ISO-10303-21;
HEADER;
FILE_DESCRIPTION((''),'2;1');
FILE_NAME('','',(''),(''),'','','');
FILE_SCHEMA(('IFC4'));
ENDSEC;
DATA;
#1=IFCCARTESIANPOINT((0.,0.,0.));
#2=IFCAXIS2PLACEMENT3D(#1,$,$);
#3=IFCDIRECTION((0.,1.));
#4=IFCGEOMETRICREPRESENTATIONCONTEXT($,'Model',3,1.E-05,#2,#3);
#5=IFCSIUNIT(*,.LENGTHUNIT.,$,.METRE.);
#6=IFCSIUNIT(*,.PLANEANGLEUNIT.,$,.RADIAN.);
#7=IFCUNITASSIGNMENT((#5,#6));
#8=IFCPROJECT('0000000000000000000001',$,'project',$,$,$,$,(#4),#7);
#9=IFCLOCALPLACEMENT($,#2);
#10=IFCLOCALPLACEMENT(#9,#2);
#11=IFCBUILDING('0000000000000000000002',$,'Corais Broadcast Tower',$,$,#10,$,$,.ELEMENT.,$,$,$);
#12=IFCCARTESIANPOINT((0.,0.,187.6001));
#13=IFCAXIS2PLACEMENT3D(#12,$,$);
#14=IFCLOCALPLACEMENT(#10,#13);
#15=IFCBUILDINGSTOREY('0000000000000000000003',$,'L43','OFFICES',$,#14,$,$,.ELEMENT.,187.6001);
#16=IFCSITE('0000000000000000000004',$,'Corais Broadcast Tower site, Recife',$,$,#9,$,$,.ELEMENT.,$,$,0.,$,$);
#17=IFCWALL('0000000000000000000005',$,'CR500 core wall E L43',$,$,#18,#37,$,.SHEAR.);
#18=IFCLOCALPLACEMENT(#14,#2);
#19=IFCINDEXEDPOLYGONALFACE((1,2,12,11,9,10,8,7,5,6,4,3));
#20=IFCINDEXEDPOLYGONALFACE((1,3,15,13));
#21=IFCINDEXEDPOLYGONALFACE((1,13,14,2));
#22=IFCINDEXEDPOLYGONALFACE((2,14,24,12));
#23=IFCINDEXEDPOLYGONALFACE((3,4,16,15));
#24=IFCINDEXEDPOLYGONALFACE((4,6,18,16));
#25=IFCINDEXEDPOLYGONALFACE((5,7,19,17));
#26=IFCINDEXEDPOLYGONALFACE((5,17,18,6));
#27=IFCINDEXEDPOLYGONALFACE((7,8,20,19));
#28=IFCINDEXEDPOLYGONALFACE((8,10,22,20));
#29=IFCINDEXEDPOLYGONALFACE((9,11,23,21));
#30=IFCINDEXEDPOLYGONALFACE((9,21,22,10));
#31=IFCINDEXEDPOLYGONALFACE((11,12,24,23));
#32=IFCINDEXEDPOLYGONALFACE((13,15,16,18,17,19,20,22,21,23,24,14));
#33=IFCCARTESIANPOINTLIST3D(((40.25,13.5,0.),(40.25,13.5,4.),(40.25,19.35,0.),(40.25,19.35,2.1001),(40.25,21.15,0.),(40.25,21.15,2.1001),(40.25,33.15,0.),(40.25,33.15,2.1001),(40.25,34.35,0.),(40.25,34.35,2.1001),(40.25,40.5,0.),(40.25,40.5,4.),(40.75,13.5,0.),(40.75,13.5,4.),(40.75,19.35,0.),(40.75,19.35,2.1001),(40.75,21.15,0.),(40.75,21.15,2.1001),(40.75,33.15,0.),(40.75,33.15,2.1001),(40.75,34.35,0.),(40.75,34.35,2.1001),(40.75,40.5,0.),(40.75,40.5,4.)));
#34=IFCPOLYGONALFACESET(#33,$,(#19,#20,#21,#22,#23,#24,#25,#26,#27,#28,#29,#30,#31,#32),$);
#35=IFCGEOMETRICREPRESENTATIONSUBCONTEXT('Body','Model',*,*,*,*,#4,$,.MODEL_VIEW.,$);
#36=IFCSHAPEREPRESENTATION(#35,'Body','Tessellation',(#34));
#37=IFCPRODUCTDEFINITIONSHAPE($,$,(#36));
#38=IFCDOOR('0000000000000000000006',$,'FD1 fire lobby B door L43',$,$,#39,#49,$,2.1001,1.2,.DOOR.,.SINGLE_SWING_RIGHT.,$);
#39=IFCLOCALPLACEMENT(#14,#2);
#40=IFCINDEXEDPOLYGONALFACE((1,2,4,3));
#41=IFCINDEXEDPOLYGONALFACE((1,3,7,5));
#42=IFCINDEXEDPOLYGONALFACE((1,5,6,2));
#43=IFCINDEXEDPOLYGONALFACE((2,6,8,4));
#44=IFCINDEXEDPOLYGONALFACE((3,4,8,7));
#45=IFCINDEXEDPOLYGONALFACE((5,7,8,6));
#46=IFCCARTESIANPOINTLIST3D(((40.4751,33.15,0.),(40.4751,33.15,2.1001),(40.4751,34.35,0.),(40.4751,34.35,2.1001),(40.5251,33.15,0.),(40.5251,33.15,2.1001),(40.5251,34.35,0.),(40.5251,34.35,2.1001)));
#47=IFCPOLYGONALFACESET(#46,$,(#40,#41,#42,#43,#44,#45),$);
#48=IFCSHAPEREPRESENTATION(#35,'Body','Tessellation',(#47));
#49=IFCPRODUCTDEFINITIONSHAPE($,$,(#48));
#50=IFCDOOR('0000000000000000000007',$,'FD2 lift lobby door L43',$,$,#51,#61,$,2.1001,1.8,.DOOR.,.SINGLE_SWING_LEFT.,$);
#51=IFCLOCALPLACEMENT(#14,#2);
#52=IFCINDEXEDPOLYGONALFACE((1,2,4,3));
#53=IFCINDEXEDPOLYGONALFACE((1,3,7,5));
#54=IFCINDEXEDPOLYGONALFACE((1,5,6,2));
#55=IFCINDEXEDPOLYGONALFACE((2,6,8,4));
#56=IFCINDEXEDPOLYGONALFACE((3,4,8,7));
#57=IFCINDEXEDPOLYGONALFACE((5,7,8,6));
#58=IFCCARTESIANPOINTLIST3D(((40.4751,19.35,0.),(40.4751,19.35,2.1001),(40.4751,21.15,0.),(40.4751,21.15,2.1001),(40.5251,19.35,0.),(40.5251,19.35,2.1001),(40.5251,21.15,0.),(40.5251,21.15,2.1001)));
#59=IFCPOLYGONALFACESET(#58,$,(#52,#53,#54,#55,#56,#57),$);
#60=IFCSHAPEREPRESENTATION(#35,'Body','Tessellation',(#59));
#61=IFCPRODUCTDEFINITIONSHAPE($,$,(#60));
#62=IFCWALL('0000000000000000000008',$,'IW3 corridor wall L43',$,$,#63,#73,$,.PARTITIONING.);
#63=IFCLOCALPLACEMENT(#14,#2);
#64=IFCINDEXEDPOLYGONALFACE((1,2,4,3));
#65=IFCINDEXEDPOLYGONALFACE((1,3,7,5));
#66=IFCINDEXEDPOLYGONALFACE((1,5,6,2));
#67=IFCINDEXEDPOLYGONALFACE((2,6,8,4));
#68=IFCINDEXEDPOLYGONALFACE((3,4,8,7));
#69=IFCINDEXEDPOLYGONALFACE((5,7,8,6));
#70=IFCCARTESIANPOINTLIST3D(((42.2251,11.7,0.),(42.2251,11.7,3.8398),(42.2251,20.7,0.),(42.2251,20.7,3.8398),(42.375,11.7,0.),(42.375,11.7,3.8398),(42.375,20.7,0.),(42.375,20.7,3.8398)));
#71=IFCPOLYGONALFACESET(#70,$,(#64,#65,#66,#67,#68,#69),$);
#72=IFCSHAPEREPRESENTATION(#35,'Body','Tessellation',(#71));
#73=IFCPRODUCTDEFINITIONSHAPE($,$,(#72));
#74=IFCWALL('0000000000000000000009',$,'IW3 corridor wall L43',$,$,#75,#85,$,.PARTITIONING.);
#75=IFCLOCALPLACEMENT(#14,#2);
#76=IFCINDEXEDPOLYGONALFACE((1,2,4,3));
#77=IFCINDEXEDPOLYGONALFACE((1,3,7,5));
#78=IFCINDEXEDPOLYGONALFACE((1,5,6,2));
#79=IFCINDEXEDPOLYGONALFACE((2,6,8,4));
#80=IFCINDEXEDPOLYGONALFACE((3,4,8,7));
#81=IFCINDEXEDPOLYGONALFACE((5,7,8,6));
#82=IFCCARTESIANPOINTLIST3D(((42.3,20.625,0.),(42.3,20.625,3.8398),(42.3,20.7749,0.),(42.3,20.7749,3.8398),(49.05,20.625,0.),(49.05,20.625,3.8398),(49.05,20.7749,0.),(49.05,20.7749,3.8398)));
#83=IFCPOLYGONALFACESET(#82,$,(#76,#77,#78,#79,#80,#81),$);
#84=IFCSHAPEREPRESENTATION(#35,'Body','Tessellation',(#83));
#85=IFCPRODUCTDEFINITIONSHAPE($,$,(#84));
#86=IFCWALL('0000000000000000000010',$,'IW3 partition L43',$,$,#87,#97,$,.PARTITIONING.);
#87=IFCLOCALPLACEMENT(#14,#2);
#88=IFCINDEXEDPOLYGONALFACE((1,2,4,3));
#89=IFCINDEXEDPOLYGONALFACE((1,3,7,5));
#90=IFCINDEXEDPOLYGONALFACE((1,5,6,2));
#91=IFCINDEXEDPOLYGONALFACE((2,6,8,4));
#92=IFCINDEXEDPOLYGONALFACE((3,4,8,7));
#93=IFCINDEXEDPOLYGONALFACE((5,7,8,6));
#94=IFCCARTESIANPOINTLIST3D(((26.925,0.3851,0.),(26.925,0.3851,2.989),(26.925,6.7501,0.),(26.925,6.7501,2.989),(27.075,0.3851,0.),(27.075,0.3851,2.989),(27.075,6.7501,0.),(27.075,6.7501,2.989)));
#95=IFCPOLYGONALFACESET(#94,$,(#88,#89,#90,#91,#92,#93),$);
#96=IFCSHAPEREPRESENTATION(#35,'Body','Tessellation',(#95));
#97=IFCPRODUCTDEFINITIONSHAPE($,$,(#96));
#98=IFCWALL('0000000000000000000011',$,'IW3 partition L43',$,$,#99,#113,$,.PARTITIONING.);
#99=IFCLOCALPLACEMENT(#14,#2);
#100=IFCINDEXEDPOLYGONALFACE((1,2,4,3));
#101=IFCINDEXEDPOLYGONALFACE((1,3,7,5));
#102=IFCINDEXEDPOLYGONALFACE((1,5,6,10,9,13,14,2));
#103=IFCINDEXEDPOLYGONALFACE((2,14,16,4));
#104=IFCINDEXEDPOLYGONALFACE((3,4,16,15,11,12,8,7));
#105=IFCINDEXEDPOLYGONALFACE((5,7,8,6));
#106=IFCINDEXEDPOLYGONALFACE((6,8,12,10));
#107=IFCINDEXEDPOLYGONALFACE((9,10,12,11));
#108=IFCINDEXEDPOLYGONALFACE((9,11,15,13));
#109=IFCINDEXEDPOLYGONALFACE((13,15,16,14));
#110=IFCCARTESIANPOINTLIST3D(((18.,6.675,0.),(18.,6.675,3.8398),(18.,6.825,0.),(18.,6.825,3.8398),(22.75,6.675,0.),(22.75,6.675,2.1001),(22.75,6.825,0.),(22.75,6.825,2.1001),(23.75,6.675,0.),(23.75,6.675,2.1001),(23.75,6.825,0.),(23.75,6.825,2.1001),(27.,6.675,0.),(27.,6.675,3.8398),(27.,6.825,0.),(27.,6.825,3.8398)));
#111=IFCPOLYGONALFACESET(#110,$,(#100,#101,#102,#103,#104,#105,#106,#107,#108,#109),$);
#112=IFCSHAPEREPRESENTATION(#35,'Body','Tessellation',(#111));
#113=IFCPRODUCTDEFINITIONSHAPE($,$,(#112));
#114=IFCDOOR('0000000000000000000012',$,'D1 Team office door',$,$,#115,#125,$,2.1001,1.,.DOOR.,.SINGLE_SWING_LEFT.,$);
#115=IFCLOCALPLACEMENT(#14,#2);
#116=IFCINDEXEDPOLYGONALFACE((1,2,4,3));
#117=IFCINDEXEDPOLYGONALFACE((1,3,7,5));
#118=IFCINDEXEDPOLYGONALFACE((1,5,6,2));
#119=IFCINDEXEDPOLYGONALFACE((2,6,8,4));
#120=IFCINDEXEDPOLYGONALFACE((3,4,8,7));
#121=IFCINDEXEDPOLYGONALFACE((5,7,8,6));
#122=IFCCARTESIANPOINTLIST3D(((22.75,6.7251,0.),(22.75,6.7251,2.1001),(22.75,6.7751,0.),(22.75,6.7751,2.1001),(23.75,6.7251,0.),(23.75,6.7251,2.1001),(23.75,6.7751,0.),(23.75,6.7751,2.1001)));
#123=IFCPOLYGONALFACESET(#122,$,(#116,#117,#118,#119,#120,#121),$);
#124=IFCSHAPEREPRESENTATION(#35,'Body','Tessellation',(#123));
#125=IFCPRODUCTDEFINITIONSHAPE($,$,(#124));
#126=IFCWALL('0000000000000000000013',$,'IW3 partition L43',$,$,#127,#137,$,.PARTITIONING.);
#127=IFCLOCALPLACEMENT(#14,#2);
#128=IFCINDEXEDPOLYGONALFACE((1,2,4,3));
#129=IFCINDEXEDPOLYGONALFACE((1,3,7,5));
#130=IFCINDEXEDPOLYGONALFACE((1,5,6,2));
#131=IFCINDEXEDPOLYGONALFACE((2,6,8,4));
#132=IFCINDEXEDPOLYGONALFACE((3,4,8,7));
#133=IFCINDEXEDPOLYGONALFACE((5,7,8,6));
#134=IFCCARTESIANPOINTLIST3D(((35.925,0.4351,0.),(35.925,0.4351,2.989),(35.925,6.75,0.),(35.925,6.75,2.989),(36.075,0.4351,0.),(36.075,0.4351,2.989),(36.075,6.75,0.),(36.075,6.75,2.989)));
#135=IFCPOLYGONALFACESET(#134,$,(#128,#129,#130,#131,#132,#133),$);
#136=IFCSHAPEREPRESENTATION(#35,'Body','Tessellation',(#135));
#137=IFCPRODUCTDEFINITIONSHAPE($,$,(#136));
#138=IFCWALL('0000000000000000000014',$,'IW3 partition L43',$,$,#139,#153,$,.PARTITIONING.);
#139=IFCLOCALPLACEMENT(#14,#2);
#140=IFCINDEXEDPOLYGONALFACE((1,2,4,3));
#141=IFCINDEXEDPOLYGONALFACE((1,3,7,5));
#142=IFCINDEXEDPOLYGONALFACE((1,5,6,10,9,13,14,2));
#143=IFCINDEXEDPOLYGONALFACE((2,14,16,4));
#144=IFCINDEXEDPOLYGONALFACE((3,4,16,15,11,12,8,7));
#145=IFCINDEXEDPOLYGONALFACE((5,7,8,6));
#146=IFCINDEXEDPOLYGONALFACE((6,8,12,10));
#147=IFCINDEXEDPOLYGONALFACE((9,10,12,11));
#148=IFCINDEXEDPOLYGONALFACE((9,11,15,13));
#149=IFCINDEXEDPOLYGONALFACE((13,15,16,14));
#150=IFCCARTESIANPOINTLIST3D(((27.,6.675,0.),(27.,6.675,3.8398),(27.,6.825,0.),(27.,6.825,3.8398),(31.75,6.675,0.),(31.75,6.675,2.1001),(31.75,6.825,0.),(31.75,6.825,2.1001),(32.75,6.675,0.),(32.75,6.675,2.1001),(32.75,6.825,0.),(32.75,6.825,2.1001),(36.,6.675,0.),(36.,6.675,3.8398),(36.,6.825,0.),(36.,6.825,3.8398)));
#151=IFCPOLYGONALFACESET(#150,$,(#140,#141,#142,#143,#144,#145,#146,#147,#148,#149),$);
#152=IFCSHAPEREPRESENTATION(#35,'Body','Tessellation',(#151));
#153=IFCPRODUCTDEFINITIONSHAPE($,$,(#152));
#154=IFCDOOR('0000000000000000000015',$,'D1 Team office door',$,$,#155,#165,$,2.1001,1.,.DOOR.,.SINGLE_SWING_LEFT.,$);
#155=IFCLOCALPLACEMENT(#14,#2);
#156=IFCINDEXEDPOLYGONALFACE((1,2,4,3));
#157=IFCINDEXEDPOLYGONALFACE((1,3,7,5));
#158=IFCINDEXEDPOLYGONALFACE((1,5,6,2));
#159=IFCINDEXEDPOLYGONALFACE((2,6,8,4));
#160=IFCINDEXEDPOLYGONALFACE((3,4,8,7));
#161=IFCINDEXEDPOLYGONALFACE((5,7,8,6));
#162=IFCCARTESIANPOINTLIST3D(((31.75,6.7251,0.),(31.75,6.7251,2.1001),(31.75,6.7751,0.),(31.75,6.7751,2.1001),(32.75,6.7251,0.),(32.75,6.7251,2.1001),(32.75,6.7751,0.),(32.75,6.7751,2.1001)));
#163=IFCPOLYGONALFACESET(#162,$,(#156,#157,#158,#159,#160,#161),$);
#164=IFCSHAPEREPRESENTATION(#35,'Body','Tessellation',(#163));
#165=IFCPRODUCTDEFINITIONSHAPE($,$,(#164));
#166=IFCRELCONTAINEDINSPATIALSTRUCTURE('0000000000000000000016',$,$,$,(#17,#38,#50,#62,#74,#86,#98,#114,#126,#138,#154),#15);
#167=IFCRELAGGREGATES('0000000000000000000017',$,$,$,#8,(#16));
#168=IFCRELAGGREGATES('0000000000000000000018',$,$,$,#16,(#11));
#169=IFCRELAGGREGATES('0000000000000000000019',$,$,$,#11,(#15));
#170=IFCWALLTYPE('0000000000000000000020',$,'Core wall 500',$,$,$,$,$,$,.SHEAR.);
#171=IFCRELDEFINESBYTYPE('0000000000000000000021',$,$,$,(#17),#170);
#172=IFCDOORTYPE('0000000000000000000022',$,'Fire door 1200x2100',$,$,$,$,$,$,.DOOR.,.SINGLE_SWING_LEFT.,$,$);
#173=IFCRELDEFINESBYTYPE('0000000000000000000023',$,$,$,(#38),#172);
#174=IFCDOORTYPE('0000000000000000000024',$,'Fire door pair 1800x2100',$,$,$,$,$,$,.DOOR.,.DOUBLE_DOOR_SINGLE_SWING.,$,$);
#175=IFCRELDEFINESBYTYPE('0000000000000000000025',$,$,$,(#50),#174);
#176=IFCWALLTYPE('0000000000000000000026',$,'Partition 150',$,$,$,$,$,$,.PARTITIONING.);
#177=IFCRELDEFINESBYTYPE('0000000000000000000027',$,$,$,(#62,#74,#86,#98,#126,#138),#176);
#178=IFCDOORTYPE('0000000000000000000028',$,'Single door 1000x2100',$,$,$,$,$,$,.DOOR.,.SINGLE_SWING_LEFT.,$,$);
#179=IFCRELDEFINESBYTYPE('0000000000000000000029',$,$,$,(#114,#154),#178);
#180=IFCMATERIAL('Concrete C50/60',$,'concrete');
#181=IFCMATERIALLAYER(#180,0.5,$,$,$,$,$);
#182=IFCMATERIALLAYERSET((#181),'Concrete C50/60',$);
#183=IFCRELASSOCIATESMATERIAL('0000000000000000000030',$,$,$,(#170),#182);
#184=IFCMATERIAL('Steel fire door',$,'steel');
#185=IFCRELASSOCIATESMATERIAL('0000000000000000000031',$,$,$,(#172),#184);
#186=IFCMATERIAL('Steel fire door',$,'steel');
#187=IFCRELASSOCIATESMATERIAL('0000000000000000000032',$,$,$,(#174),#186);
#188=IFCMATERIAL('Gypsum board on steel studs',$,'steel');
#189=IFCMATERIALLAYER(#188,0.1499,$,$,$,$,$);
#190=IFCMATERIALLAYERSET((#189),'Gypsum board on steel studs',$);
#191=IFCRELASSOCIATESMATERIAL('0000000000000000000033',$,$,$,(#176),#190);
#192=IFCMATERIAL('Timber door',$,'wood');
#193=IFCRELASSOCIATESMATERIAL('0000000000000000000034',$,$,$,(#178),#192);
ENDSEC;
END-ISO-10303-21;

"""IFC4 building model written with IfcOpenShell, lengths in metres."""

from ifc_helpers import new_model, si_unit, direction, frame, frame_2d, origin, place, context, subcontext, project, spatial, rectangle, extrude, material, layer, layer_set, type_object, element, fill, save


model = new_model("IFC4")

# Units and contexts
model_context = context("Model", 3, precision=1e-05, world=origin(), true_north=direction((0.0, 1.0)))
body_context = subcontext(model_context, "Body", "Model", "MODEL_VIEW")
ifc_project = project(units=[si_unit("LENGTHUNIT", "METRE"), si_unit("PLANEANGLEUNIT", "RADIAN")], contexts=[model_context])

# Site, building, storey
site_placement = place(None, origin())
site = spatial("IfcSite", under=ifc_project, at=site_placement, Name="Corais Broadcast Tower site, Recife", CompositionType="ELEMENT", RefElevation=0.0)
building_placement = place(site_placement, origin())
building = spatial("IfcBuilding", under=site, at=building_placement, Name="Corais Broadcast Tower", CompositionType="ELEMENT")
storey_placement = place(building_placement, frame((0.0, 0.0, 187.6001)))
storey = spatial("IfcBuildingStorey", under=building, at=storey_placement, Name="L43", Description="OFFICES", CompositionType="ELEMENT", Elevation=187.6001)

# Wall, openings, doors
ifc_material_1 = material(Name="Concrete C50/60", Category="concrete")
ifc_layer_1 = layer(ifc_material_1, 0.5)
ifc_layer_set_1 = layer_set([ifc_layer_1], Name="Concrete C50/60")
wall_type_1 = type_object("IfcWallType", Name="Core wall 500", PredefinedType="SHEAR", material=ifc_layer_set_1)
wall_1_placement = place(storey_placement, frame((40.5, 13.5, 0.0), z_axis=(0.0, 0.0, 1.0), x_axis=(0.0, 1.0, 0.0)))
wall_1 = element("IfcWall", 1, at=wall_1_placement, inside=storey, type_object=wall_type_1, Name="CR500 core wall E L43", PredefinedType="SHEAR", context=body_context, shape_type="SweptSolid", body=[
    extrude(rectangle(XDim=27.0, YDim=0.5, at=frame_2d((13.5, 0.0))), origin(), (0.0, 0.0, 1.0), 4.0),
])
opening_1_placement = place(wall_1_placement, frame((5.8501, 0.0, 0.0)))
opening_1 = element("IfcOpeningElement", 2, at=opening_1_placement, cuts=wall_1, PredefinedType="OPENING", context=body_context, shape_type="SweptSolid", body=[
    extrude(rectangle(XDim=1.8, YDim=2.1001, at=frame_2d((0.8999, 1.05))), frame((0.0, 0.26, 0.0), z_axis=(0.0, -1.0, 0.0), x_axis=(1.0, 0.0, 0.0)), (0.0, 0.0, 1.0), 0.52),
])
opening_2_placement = place(wall_1_placement, frame((19.6499, 0.0, 0.0)))
opening_2 = element("IfcOpeningElement", 3, at=opening_2_placement, cuts=wall_1, PredefinedType="OPENING", context=body_context, shape_type="SweptSolid", body=[
    extrude(rectangle(XDim=1.2, YDim=2.1001, at=frame_2d((0.6001, 1.05))), frame((0.0, 0.26, 0.0), z_axis=(0.0, -1.0, 0.0), x_axis=(1.0, 0.0, 0.0)), (0.0, 0.0, 1.0), 0.52),
])
ifc_material_2 = material(Name="Steel fire door", Category="steel")
door_type_1 = type_object("IfcDoorType", Name="Fire door 1200x2100", OperationType="SINGLE_SWING_LEFT", PredefinedType="DOOR", material=ifc_material_2)
door_1_placement = place(opening_2_placement, origin())
door_1 = element("IfcDoor", 4, at=door_1_placement, inside=storey, type_object=door_type_1, Name="FD1 fire lobby B door L43", OperationType="SINGLE_SWING_RIGHT", OverallHeight=2.1001, OverallWidth=1.2, PredefinedType="DOOR", context=body_context, shape_type="SweptSolid", body=[
    extrude(rectangle(XDim=1.2, YDim=2.1001, at=frame_2d((0.6001, 1.05))), frame((0.0, 0.0249, 0.0), z_axis=(0.0, -1.0, 0.0), x_axis=(1.0, 0.0, 0.0)), (0.0, 0.0, 1.0), 0.05),
])
fill(opening_2, door_1)
ifc_material_3 = material(Name="Steel fire door", Category="steel")
door_type_2 = type_object("IfcDoorType", Name="Fire door pair 1800x2100", OperationType="DOUBLE_DOOR_SINGLE_SWING", PredefinedType="DOOR", material=ifc_material_3)
door_2_placement = place(opening_1_placement, origin())
door_2 = element("IfcDoor", 5, at=door_2_placement, inside=storey, type_object=door_type_2, Name="FD2 lift lobby door L43", OperationType="SINGLE_SWING_LEFT", OverallHeight=2.1001, OverallWidth=1.8, PredefinedType="DOOR", context=body_context, shape_type="SweptSolid", body=[
    extrude(rectangle(XDim=1.8, YDim=2.1001, at=frame_2d((0.8999, 1.05))), frame((0.0, 0.0249, 0.0), z_axis=(0.0, -1.0, 0.0), x_axis=(1.0, 0.0, 0.0)), (0.0, 0.0, 1.0), 0.05),
])
fill(opening_1, door_2)

# Walls
ifc_material_4 = material(Name="Gypsum board on steel studs", Category="steel")
ifc_layer_2 = layer(ifc_material_4, 0.1499)
ifc_layer_set_2 = layer_set([ifc_layer_2], Name="Gypsum board on steel studs")
wall_type_2 = type_object("IfcWallType", Name="Partition 150", PredefinedType="PARTITIONING", material=ifc_layer_set_2)
wall_2_placement = place(storey_placement, frame((42.3, 11.7, 0.0), z_axis=(0.0, 0.0, 1.0), x_axis=(0.0, 1.0, 0.0)))
element("IfcWall", 6, at=wall_2_placement, inside=storey, type_object=wall_type_2, Name="IW3 corridor wall L43", PredefinedType="PARTITIONING", context=body_context, shape_type="SweptSolid", body=[
    extrude(rectangle(XDim=9.0, YDim=0.1499, at=frame_2d((4.5, 0.0))), origin(), (0.0, 0.0, 1.0), 3.8398),
])
wall_3_placement = place(storey_placement, frame((42.3, 20.7, 0.0), z_axis=(0.0, 0.0, 1.0), x_axis=(1.0, 0.0, 0.0)))
element("IfcWall", 7, at=wall_3_placement, inside=storey, type_object=wall_type_2, Name="IW3 corridor wall L43", PredefinedType="PARTITIONING", context=body_context, shape_type="SweptSolid", body=[
    extrude(rectangle(XDim=6.75, YDim=0.1499, at=frame_2d((3.375, 0.0))), origin(), (0.0, 0.0, 1.0), 3.8398),
])
wall_4_placement = place(storey_placement, frame((27.0, 0.385, 0.0), z_axis=(0.0, 0.0, 1.0), x_axis=(0.0, 1.0, 0.0)))
element("IfcWall", 8, at=wall_4_placement, inside=storey, type_object=wall_type_2, Name="IW3 partition L43", PredefinedType="PARTITIONING", context=body_context, shape_type="SweptSolid", body=[
    extrude(rectangle(XDim=6.365, YDim=0.1499, at=frame_2d((3.1826, 0.0))), origin(), (0.0, 0.0, 1.0), 2.989),
])

# Wall, opening, door
wall_5_placement = place(storey_placement, frame((27.0, 6.75, 0.0), z_axis=(0.0, 0.0, 1.0), x_axis=(-1.0, 0.0, 0.0)))
wall_5 = element("IfcWall", 9, at=wall_5_placement, inside=storey, type_object=wall_type_2, Name="IW3 partition L43", PredefinedType="PARTITIONING", context=body_context, shape_type="SweptSolid", body=[
    extrude(rectangle(XDim=9.0, YDim=0.1499, at=frame_2d((4.5, 0.0))), origin(), (0.0, 0.0, 1.0), 3.8398),
])
opening_3_placement = place(wall_5_placement, frame((3.25, 0.0, 0.0)))
opening_3 = element("IfcOpeningElement", 10, at=opening_3_placement, cuts=wall_5, PredefinedType="OPENING", context=body_context, shape_type="SweptSolid", body=[
    extrude(rectangle(XDim=1.0, YDim=2.1001, at=frame_2d((0.5, 1.05))), frame((0.0, 0.085, 0.0), z_axis=(0.0, -1.0, 0.0), x_axis=(1.0, 0.0, 0.0)), (0.0, 0.0, 1.0), 0.1699),
])
ifc_material_5 = material(Name="Timber door", Category="wood")
door_type_3 = type_object("IfcDoorType", Name="Single door 1000x2100", OperationType="SINGLE_SWING_LEFT", PredefinedType="DOOR", material=ifc_material_5)
door_3_placement = place(opening_3_placement, origin())
door_3 = element("IfcDoor", 11, at=door_3_placement, inside=storey, type_object=door_type_3, Name="D1 Team office door", OperationType="SINGLE_SWING_LEFT", OverallHeight=2.1001, OverallWidth=1.0, PredefinedType="DOOR", context=body_context, shape_type="SweptSolid", body=[
    extrude(rectangle(XDim=1.0, YDim=2.1001, at=frame_2d((0.5, 1.05))), frame((0.0, 0.0249, 0.0), z_axis=(0.0, -1.0, 0.0), x_axis=(1.0, 0.0, 0.0)), (0.0, 0.0, 1.0), 0.05),
])
fill(opening_3, door_3)

# Wall
wall_6_placement = place(storey_placement, frame((36.0, 0.4351, 0.0), z_axis=(0.0, 0.0, 1.0), x_axis=(0.0, 1.0, 0.0)))
element("IfcWall", 12, at=wall_6_placement, inside=storey, type_object=wall_type_2, Name="IW3 partition L43", PredefinedType="PARTITIONING", context=body_context, shape_type="SweptSolid", body=[
    extrude(rectangle(XDim=6.3149, YDim=0.1499, at=frame_2d((3.1575, 0.0))), origin(), (0.0, 0.0, 1.0), 2.989),
])

# Wall, opening, door
wall_7_placement = place(storey_placement, frame((36.0, 6.75, 0.0), z_axis=(0.0, 0.0, 1.0), x_axis=(-1.0, 0.0, 0.0)))
wall_7 = element("IfcWall", 13, at=wall_7_placement, inside=storey, type_object=wall_type_2, Name="IW3 partition L43", PredefinedType="PARTITIONING", context=body_context, shape_type="SweptSolid", body=[
    extrude(rectangle(XDim=9.0, YDim=0.1499, at=frame_2d((4.5, 0.0))), origin(), (0.0, 0.0, 1.0), 3.8398),
])
opening_4_placement = place(wall_7_placement, frame((3.25, 0.0, 0.0)))
opening_4 = element("IfcOpeningElement", 14, at=opening_4_placement, cuts=wall_7, PredefinedType="OPENING", context=body_context, shape_type="SweptSolid", body=[
    extrude(rectangle(XDim=1.0, YDim=2.1001, at=frame_2d((0.5, 1.05))), frame((0.0, 0.085, 0.0), z_axis=(0.0, -1.0, 0.0), x_axis=(1.0, 0.0, 0.0)), (0.0, 0.0, 1.0), 0.1699),
])
door_4_placement = place(opening_4_placement, origin())
door_4 = element("IfcDoor", 15, at=door_4_placement, inside=storey, type_object=door_type_3, Name="D1 Team office door", OperationType="SINGLE_SWING_LEFT", OverallHeight=2.1001, OverallWidth=1.0, PredefinedType="DOOR", context=body_context, shape_type="SweptSolid", body=[
    extrude(rectangle(XDim=1.0, YDim=2.1001, at=frame_2d((0.5, 1.05))), frame((0.0, 0.0249, 0.0), z_axis=(0.0, -1.0, 0.0), x_axis=(1.0, 0.0, 0.0)), (0.0, 0.0, 1.0), 0.05),
])
fill(opening_4, door_4)

save(model, "model.ifc")
